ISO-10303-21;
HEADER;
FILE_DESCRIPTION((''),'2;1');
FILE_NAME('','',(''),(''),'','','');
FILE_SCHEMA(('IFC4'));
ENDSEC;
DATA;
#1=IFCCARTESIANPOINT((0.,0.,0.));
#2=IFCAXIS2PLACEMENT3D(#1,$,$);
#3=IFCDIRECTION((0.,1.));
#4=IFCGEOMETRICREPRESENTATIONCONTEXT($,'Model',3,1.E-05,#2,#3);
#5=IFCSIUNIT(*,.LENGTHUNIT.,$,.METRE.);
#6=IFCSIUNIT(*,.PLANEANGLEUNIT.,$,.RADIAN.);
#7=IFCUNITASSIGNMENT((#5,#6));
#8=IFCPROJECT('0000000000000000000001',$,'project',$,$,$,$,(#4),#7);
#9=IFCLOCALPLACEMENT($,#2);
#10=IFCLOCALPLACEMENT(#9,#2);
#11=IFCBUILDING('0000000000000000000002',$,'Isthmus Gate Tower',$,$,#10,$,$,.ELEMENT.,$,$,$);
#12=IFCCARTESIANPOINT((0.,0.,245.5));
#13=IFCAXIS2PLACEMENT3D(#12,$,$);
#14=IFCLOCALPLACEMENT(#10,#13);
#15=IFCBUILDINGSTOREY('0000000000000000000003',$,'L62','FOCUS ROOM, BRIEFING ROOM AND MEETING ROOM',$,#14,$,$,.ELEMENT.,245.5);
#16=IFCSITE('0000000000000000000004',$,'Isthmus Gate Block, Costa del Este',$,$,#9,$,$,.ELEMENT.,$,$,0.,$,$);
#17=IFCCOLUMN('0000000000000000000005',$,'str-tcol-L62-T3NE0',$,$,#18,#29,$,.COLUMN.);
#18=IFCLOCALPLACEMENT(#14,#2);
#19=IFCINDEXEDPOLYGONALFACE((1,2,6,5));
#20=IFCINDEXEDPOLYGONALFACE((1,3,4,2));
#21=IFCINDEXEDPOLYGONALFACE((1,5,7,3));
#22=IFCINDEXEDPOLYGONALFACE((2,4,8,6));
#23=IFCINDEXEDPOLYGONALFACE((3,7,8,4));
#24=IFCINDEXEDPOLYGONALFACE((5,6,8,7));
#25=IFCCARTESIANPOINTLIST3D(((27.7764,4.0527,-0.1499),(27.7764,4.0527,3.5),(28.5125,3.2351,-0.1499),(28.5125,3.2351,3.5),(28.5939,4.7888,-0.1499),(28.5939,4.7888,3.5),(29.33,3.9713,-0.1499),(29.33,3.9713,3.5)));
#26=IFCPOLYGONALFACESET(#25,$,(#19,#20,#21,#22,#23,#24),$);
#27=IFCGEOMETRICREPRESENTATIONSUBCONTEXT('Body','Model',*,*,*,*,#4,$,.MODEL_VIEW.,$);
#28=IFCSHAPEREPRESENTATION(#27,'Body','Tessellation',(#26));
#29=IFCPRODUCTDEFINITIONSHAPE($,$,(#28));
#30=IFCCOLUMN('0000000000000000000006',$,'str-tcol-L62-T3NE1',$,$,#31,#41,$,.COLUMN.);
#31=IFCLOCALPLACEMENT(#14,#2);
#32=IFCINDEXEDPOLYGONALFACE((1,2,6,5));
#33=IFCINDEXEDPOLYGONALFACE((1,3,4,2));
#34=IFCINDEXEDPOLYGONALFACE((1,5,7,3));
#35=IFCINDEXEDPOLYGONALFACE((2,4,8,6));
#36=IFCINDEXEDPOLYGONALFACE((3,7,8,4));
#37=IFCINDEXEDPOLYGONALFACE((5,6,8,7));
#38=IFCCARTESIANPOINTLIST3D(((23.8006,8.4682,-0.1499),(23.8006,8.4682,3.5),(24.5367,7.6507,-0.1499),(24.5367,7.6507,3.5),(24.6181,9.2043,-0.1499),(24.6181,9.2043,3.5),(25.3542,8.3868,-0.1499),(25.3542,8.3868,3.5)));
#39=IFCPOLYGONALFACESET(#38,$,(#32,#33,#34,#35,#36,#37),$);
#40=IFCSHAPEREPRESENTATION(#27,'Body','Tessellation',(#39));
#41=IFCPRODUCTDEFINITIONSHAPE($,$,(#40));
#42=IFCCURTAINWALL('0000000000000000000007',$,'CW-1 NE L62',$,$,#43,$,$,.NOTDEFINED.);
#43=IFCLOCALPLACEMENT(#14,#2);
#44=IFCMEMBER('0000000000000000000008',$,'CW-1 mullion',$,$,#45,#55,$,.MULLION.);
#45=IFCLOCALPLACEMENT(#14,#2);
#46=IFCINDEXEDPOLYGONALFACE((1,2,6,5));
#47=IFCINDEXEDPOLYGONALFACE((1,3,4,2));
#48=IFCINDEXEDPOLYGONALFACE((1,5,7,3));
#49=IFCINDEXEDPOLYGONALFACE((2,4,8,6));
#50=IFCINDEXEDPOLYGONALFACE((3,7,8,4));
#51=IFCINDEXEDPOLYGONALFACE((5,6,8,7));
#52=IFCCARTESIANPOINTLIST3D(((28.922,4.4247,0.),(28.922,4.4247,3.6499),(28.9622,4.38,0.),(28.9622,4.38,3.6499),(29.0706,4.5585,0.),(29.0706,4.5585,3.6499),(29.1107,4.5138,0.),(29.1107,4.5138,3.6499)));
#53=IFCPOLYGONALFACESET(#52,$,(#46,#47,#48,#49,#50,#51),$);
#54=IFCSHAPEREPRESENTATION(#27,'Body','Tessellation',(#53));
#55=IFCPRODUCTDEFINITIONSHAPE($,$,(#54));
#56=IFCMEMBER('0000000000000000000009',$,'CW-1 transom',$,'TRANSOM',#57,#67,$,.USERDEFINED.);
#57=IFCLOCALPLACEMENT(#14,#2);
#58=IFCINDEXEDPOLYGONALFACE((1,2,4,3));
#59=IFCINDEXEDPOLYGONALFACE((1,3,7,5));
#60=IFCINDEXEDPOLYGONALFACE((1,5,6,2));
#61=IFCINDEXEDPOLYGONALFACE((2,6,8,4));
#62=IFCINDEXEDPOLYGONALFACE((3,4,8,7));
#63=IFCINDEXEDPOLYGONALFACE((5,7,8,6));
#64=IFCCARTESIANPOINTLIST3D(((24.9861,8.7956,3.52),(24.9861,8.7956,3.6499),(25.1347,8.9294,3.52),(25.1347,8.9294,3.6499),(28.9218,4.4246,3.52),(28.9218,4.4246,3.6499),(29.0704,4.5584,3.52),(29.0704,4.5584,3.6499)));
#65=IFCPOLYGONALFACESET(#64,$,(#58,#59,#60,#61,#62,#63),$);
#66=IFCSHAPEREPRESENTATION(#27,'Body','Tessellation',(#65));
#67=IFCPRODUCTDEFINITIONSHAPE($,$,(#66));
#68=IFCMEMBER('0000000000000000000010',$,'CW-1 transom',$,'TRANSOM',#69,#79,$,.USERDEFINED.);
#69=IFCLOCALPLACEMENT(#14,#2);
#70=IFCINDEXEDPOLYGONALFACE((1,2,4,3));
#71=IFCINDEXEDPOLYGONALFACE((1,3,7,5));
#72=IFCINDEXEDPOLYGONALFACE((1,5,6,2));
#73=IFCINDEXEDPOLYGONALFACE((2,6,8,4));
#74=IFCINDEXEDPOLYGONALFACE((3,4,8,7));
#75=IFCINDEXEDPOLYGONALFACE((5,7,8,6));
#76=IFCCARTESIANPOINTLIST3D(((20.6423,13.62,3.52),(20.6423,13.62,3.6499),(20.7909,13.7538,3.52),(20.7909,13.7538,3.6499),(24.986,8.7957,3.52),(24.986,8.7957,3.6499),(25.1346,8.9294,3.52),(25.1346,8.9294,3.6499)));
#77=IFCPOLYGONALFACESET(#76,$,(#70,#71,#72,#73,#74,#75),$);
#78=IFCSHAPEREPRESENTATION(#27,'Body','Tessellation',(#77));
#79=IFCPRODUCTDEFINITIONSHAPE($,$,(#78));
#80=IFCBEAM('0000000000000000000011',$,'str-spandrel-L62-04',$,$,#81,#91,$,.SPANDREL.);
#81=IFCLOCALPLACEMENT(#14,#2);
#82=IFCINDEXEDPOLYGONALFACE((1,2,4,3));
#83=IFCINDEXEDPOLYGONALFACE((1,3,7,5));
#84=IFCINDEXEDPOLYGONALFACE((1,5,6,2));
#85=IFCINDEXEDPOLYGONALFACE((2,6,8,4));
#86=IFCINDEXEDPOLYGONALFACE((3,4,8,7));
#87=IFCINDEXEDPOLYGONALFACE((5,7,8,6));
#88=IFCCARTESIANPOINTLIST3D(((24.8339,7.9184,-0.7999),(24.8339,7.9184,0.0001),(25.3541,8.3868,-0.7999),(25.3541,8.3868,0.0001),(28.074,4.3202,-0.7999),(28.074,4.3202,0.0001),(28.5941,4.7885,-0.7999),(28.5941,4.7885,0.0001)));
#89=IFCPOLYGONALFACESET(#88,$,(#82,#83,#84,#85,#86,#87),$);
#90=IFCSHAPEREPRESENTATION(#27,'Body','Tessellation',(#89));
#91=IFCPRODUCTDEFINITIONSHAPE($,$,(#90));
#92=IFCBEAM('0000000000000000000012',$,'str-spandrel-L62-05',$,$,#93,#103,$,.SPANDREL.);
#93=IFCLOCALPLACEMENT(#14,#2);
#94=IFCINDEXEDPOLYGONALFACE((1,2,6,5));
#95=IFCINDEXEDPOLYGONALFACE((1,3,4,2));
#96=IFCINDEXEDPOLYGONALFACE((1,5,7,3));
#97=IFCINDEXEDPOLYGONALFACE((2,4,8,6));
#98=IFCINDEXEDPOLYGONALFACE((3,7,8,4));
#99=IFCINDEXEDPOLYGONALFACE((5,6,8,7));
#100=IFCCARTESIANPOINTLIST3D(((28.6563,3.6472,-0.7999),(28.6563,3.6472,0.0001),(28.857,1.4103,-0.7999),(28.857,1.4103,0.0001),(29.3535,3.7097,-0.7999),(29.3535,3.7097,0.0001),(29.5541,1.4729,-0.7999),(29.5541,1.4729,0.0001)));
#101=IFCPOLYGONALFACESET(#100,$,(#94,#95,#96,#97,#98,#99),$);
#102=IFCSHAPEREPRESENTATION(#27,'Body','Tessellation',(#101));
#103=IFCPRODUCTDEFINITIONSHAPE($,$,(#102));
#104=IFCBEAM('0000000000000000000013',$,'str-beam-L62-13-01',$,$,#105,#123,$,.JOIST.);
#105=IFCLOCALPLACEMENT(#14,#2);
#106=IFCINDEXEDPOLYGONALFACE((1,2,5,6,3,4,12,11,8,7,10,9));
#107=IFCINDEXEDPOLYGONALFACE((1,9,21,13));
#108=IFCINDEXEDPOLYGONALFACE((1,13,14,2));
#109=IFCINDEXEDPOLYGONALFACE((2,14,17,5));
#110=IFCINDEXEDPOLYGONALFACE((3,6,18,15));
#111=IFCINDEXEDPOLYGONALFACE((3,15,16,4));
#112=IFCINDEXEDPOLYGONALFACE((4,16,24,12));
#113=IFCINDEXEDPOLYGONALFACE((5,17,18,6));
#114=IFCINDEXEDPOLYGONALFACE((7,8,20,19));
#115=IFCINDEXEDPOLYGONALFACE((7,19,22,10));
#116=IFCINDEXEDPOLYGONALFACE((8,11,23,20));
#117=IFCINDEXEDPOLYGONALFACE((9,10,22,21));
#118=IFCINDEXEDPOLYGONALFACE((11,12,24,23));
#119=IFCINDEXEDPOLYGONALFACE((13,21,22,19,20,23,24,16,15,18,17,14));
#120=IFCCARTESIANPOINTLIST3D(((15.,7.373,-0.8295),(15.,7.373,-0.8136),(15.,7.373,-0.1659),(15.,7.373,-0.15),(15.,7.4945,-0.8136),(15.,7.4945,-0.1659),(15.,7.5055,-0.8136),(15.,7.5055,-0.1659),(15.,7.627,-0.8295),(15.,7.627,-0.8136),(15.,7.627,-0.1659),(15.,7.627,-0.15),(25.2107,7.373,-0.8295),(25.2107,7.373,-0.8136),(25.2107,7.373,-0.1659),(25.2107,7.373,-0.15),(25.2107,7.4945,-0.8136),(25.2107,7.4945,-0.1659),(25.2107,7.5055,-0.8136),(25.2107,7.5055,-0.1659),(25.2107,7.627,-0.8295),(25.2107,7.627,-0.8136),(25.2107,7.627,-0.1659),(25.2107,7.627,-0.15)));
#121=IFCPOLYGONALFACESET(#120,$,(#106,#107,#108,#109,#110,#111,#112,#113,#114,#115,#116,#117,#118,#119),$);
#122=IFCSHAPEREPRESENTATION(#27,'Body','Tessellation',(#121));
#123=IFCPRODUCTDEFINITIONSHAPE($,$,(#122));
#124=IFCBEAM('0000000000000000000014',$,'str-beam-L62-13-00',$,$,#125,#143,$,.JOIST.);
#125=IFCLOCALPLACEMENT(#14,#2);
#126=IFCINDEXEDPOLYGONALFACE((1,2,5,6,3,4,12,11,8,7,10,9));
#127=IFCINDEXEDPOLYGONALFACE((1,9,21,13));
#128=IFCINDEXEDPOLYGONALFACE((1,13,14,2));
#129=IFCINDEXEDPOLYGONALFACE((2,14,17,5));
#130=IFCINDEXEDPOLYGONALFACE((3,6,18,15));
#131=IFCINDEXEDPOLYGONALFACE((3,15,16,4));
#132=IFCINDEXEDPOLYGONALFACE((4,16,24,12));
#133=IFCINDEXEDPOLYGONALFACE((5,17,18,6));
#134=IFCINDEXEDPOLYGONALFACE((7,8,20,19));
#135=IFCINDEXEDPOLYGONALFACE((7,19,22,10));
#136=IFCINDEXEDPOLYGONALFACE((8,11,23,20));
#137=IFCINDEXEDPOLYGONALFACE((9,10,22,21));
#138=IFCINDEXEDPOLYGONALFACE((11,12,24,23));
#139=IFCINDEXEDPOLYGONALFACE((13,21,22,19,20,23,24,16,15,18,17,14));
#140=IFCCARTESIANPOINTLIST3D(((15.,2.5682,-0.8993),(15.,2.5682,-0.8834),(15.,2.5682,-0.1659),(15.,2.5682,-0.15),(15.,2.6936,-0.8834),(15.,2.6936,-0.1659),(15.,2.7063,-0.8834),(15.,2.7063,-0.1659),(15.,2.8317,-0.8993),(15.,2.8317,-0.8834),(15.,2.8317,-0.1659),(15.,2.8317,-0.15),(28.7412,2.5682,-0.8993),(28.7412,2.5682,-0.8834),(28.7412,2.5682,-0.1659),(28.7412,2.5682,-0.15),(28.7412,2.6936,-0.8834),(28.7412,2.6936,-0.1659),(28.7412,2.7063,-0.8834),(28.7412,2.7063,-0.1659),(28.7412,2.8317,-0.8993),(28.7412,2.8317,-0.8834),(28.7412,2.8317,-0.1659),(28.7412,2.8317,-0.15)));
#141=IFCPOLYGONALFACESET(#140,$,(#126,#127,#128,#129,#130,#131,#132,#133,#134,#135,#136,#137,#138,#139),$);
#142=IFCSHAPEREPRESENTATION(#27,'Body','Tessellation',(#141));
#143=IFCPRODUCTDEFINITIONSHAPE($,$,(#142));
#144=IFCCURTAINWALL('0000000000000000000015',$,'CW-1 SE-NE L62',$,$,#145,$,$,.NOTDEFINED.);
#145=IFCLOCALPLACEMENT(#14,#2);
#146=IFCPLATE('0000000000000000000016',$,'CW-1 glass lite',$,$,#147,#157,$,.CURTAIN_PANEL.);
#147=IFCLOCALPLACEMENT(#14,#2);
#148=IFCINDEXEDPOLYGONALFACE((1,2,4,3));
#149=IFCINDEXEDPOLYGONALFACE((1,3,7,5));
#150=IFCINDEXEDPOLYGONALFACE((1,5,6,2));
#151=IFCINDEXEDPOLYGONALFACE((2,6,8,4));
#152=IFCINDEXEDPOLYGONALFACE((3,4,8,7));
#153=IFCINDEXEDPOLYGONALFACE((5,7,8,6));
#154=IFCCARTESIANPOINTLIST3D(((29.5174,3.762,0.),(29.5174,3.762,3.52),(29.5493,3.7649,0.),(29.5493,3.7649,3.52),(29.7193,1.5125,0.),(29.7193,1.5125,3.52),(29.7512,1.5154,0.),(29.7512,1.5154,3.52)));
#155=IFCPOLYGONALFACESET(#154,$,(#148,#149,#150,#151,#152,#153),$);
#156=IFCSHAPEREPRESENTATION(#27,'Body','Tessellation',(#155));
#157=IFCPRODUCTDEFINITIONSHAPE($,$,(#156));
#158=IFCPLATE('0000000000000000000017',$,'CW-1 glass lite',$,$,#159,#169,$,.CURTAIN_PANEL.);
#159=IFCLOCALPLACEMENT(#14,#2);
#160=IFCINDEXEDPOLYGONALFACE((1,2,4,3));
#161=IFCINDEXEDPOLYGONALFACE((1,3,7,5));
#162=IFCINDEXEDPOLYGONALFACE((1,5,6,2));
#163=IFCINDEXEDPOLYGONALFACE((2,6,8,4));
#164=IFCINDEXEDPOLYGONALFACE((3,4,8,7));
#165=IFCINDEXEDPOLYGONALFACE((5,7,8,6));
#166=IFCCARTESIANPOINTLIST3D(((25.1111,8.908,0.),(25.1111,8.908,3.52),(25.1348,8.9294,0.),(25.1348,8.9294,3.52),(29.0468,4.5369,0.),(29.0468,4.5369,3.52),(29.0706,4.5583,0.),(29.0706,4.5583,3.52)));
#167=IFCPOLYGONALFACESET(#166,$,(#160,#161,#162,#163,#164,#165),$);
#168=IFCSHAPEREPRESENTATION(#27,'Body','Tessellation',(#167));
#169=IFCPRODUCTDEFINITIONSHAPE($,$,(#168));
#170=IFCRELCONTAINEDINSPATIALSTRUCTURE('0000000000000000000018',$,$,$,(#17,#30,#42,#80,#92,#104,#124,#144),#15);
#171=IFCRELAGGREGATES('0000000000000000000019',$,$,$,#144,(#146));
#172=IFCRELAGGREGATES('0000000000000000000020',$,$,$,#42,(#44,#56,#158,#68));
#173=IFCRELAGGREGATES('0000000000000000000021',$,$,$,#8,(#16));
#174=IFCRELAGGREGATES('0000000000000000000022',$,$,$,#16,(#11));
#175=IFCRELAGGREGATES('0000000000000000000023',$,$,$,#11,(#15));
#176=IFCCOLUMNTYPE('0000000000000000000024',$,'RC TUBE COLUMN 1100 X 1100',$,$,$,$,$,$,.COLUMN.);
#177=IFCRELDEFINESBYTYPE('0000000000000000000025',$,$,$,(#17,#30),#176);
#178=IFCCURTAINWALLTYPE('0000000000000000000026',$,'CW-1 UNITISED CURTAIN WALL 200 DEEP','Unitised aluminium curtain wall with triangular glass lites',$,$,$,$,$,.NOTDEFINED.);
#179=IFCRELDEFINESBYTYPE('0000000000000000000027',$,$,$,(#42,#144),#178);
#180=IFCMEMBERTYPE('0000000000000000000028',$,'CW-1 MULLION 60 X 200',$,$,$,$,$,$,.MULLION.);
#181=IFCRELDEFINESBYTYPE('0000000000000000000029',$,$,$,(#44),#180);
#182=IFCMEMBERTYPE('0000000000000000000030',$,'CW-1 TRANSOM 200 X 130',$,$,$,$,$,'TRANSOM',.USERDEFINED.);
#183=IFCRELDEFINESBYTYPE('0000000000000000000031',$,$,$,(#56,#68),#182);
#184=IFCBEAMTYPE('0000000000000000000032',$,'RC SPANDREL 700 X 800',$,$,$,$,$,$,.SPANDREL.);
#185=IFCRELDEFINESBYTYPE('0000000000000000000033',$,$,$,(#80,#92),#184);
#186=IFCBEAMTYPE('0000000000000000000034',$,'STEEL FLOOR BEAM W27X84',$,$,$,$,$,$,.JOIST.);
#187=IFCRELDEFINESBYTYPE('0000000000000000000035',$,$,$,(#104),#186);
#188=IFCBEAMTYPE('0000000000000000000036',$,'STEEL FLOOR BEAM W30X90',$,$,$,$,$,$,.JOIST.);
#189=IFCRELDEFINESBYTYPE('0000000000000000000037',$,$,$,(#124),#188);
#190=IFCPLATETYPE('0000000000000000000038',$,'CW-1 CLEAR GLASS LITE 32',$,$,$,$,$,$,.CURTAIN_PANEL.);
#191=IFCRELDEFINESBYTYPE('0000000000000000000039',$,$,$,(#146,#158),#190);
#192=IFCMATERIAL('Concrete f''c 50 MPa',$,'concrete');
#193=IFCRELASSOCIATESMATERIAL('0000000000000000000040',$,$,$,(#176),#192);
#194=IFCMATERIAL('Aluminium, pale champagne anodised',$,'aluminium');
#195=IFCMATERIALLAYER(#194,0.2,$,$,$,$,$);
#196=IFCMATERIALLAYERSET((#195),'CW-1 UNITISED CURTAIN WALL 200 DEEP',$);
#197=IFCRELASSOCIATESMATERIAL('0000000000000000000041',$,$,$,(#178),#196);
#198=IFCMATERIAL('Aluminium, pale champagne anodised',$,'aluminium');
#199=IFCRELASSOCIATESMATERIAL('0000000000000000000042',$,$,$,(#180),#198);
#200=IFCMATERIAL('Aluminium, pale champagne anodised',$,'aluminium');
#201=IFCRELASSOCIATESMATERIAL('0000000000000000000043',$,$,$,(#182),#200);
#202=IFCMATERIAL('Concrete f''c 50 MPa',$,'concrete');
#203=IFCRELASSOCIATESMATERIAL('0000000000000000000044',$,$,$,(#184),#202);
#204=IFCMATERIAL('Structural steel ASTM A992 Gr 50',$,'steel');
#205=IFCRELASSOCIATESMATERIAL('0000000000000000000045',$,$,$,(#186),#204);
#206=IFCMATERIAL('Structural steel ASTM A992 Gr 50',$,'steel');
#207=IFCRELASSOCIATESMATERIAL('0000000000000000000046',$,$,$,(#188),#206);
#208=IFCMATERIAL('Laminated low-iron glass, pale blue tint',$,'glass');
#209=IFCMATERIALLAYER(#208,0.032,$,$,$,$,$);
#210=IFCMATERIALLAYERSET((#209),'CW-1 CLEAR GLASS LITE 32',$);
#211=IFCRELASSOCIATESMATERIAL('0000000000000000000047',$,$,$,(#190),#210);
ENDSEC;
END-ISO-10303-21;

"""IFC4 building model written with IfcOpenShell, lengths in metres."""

from ifc_helpers import new_model, si_unit, direction, frame, origin, origin_2d, place, context, subcontext, project, spatial, rectangle, i_section, extrude, material, layer, layer_set, material_profile, profile_set, type_object, element, aggregate, save


model = new_model("IFC4")

# Units and contexts
model_context = context("Model", 3, precision=1e-05, world=origin(), true_north=direction((0.0, 1.0)))
body_context = subcontext(model_context, "Body", "Model", "MODEL_VIEW")
ifc_project = project(units=[si_unit("LENGTHUNIT", "METRE"), si_unit("PLANEANGLEUNIT", "RADIAN")], contexts=[model_context])

# Site, building, storey
site_placement = place(None, origin())
site = spatial("IfcSite", under=ifc_project, at=site_placement, Name="Isthmus Gate Block, Costa del Este", CompositionType="ELEMENT", RefElevation=0.0)
building_placement = place(site_placement, origin())
building = spatial("IfcBuilding", under=site, at=building_placement, Name="Isthmus Gate Tower", CompositionType="ELEMENT")
storey_placement = place(building_placement, frame((0.0, 0.0, 245.5)))
storey = spatial("IfcBuildingStorey", under=building, at=storey_placement, Name="L62", Description="FOCUS ROOM, BRIEFING ROOM AND MEETING ROOM", CompositionType="ELEMENT", Elevation=245.5)

# Columns
ifc_material_1 = material(Name="Concrete f'c 50 MPa", Category="concrete")
ifc_material_profile_1 = material_profile(ifc_material_1, rectangle(XDim=1.1001, YDim=1.1001, at=origin_2d()), Name="RC 1100X1100")
ifc_profile_set_1 = profile_set([ifc_material_profile_1], Name="Concrete f'c 50 MPa")
column_type = type_object("IfcColumnType", Name="RC TUBE COLUMN 1100 X 1100", PredefinedType="COLUMN", material=ifc_profile_set_1)
for number, where, z_axis, x_axis, name in (
    (1, (28.5532, 4.012, -0.1499), (0.0, 0.0, 1.0), (-0.669131, 0.743145, 0.0), "str-tcol-L62-T3NE0"),
    (2, (24.5774, 8.4275, -0.1499), (0.0, 0.0, 1.0), (-0.669131, 0.743145, 0.0), "str-tcol-L62-T3NE1"),
):
    element("IfcColumn", number, at=place(storey_placement, frame(where, z_axis=z_axis, x_axis=x_axis)), inside=storey, type_object=column_type, Name=name, PredefinedType="COLUMN", context=body_context, shape_type="SweptSolid", body=[
        extrude(rectangle(XDim=1.1001, YDim=1.1001, at=origin_2d()), origin(), (0.0, 0.0, 1.0), 3.6499),
    ])

# Curtain wall, members
ifc_material_2 = material(Name="Aluminium, pale champagne anodised", Category="aluminium")
ifc_layer_1 = layer(ifc_material_2, 0.2)
ifc_layer_set_1 = layer_set([ifc_layer_1], Name="CW-1 UNITISED CURTAIN WALL 200 DEEP")
curtain_wall_type = type_object("IfcCurtainWallType", Name="CW-1 UNITISED CURTAIN WALL 200 DEEP", Description="Unitised aluminium curtain wall with triangular glass lites", PredefinedType="NOTDEFINED", material=ifc_layer_set_1)
curtain_wall_1_placement = place(storey_placement, origin())
curtain_wall_1 = element("IfcCurtainWall", 3, at=curtain_wall_1_placement, inside=storey, type_object=curtain_wall_type, Name="CW-1 NE L62", PredefinedType="NOTDEFINED")
ifc_material_3 = material(Name="Aluminium, pale champagne anodised", Category="aluminium")
ifc_material_profile_2 = material_profile(ifc_material_3, rectangle(XDim=0.0601, YDim=0.2, at=origin_2d()), Name="60x200")
ifc_profile_set_2 = profile_set([ifc_material_profile_2], Name="Aluminium, pale champagne anodised")
member_type_1 = type_object("IfcMemberType", Name="CW-1 MULLION 60 X 200", PredefinedType="MULLION", material=ifc_profile_set_2)
member_1_placement = place(storey_placement, frame((29.0164, 4.4692, 0.0), z_axis=(0.0, 0.0, 1.0), x_axis=(-0.669131, 0.743145, 0.0)))
member_1 = element("IfcMember", 4, at=member_1_placement, type_object=member_type_1, Name="CW-1 mullion", PredefinedType="MULLION", context=body_context, shape_type="SweptSolid", body=[
    extrude(rectangle(XDim=0.0601, YDim=0.2, at=origin_2d()), origin(), (0.0, 0.0, 1.0), 3.6499),
])
ifc_material_4 = material(Name="Aluminium, pale champagne anodised", Category="aluminium")
ifc_material_profile_3 = material_profile(ifc_material_4, rectangle(XDim=0.2, YDim=0.1299, at=origin_2d()), Name="200x130")
ifc_profile_set_3 = profile_set([ifc_material_profile_3], Name="Aluminium, pale champagne anodised")
member_type_2 = type_object("IfcMemberType", Name="CW-1 TRANSOM 200 X 130", ElementType="TRANSOM", PredefinedType="USERDEFINED", material=ifc_profile_set_3)
member_2_placement = place(storey_placement, frame((28.9961, 4.4915, 3.585), z_axis=(-0.669134, 0.743141, 0.0), x_axis=(-0.743141, -0.669134, 0.0)))
member_2 = element("IfcMember", 5, at=member_2_placement, type_object=member_type_2, Name="CW-1 transom", ObjectType="TRANSOM", PredefinedType="USERDEFINED", context=body_context, shape_type="SweptSolid", body=[
    extrude(rectangle(XDim=0.2, YDim=0.1299, at=origin_2d()), origin(), (0.0, 0.0, 1.0), 5.8818),
])
member_3_placement = place(storey_placement, frame((25.0603, 8.8625, 3.585), z_axis=(-0.669112, 0.743161, 0.0), x_axis=(-0.743161, -0.669112, 0.0)))
member_3 = element("IfcMember", 6, at=member_3_placement, type_object=member_type_2, Name="CW-1 transom", ObjectType="TRANSOM", PredefinedType="USERDEFINED", context=body_context, shape_type="SweptSolid", body=[
    extrude(rectangle(XDim=0.2, YDim=0.1299, at=origin_2d()), origin(), (0.0, 0.0, 1.0), 6.4917),
])

# Beams
ifc_material_5 = material(Name="Concrete f'c 50 MPa", Category="concrete")
ifc_material_profile_4 = material_profile(ifc_material_5, rectangle(XDim=0.7, YDim=0.8, at=origin_2d()), Name="RC 700X800")
ifc_profile_set_4 = profile_set([ifc_material_profile_4], Name="Concrete f'c 50 MPa")
beam_type_1 = type_object("IfcBeamType", Name="RC SPANDREL 700 X 800", PredefinedType="SPANDREL", material=ifc_profile_set_4)
beam_1_placement = place(storey_placement, frame((25.094, 8.1526, -0.3999), z_axis=(0.669154, -0.743124, 0.0), x_axis=(0.743124, 0.669154, 0.0)))
element("IfcBeam", 7, at=beam_1_placement, inside=storey, type_object=beam_type_1, Name="str-spandrel-L62-04", PredefinedType="SPANDREL", context=body_context, shape_type="SweptSolid", body=[
    extrude(rectangle(XDim=0.7, YDim=0.8, at=origin_2d()), origin(), (0.0, 0.0, 1.0), 4.842),
])
beam_2_placement = place(storey_placement, frame((29.0049, 3.6785, -0.3999), z_axis=(0.089359, -0.995999, 0.0), x_axis=(0.995999, 0.089359, 0.0)))
element("IfcBeam", 8, at=beam_2_placement, inside=storey, type_object=beam_type_1, Name="str-spandrel-L62-05", PredefinedType="SPANDREL", context=body_context, shape_type="SweptSolid", body=[
    extrude(rectangle(XDim=0.7, YDim=0.8, at=origin_2d()), origin(), (0.0, 0.0, 1.0), 2.2458),
])
ifc_material_6 = material(Name="Structural steel ASTM A992 Gr 50", Category="steel")
ifc_material_profile_5 = material_profile(ifc_material_6, i_section(OverallWidth=0.2539, OverallDepth=0.6794, WebThickness=0.011, FlangeThickness=0.0159, at=origin_2d()), Name="W27X84")
ifc_profile_set_5 = profile_set([ifc_material_profile_5], Name="Structural steel ASTM A992 Gr 50")
beam_type_2 = type_object("IfcBeamType", Name="STEEL FLOOR BEAM W27X84", PredefinedType="JOIST", material=ifc_profile_set_5)
beam_3_placement = place(storey_placement, frame((15.0, 7.5, -0.4897), z_axis=(1.0, 0.0, 0.0), x_axis=(0.0, 1.0, 0.0)))
element("IfcBeam", 9, at=beam_3_placement, inside=storey, type_object=beam_type_2, Name="str-beam-L62-13-01", PredefinedType="JOIST", context=body_context, shape_type="SweptSolid", body=[
    extrude(i_section(OverallWidth=0.2539, OverallDepth=0.6794, WebThickness=0.011, FlangeThickness=0.0159, at=origin_2d()), origin(), (0.0, 0.0, 1.0), 10.2107),
])
ifc_material_7 = material(Name="Structural steel ASTM A992 Gr 50", Category="steel")
ifc_material_profile_6 = material_profile(ifc_material_7, i_section(OverallWidth=0.2634, OverallDepth=0.7493, WebThickness=0.0127, FlangeThickness=0.0159, at=origin_2d()), Name="W30X90")
ifc_profile_set_6 = profile_set([ifc_material_profile_6], Name="Structural steel ASTM A992 Gr 50")
beam_type_3 = type_object("IfcBeamType", Name="STEEL FLOOR BEAM W30X90", PredefinedType="JOIST", material=ifc_profile_set_6)
beam_4_placement = place(storey_placement, frame((15.0, 2.7, -0.5247), z_axis=(1.0, 0.0, 0.0), x_axis=(0.0, 1.0, 0.0)))
element("IfcBeam", 10, at=beam_4_placement, inside=storey, type_object=beam_type_3, Name="str-beam-L62-13-00", PredefinedType="JOIST", context=body_context, shape_type="SweptSolid", body=[
    extrude(i_section(OverallWidth=0.2634, OverallDepth=0.7493, WebThickness=0.0127, FlangeThickness=0.0159, at=origin_2d()), origin(), (0.0, 0.0, 1.0), 13.7412),
])

# Curtain wall, plate
curtain_wall_2_placement = place(storey_placement, origin())
curtain_wall_2 = element("IfcCurtainWall", 11, at=curtain_wall_2_placement, inside=storey, type_object=curtain_wall_type, Name="CW-1 SE-NE L62", PredefinedType="NOTDEFINED")
ifc_material_8 = material(Name="Laminated low-iron glass, pale blue tint", Category="glass")
ifc_layer_2 = layer(ifc_material_8, 0.032)
ifc_layer_set_2 = layer_set([ifc_layer_2], Name="CW-1 CLEAR GLASS LITE 32")
plate_type = type_object("IfcPlateType", Name="CW-1 CLEAR GLASS LITE 32", PredefinedType="CURTAIN_PANEL", material=ifc_layer_set_2)
plate_1_placement = place(storey_placement, frame((29.6343, 2.6387, 0.0), z_axis=(0.0, 0.0, 1.0), x_axis=(-0.089397, 0.995996, 0.0)))
plate_1 = element("IfcPlate", 12, at=plate_1_placement, type_object=plate_type, Name="CW-1 glass lite", PredefinedType="CURTAIN_PANEL", context=body_context, shape_type="SweptSolid", body=[
    extrude(rectangle(XDim=2.2585, YDim=0.032, at=origin_2d()), origin(), (0.0, 0.0, 1.0), 3.52),
])
aggregate(curtain_wall_2, [plate_1])

# Plate
plate_2_placement = place(storey_placement, frame((27.0908, 6.7332, 0.0), z_axis=(0.0, 0.0, 1.0), x_axis=(-0.669131, 0.743145, 0.0)))
plate_2 = element("IfcPlate", 13, at=plate_2_placement, type_object=plate_type, Name="CW-1 glass lite", PredefinedType="CURTAIN_PANEL", context=body_context, shape_type="SweptSolid", body=[
    extrude(rectangle(XDim=5.8818, YDim=0.032, at=origin_2d()), origin(), (0.0, 0.0, 1.0), 3.52),
])
aggregate(curtain_wall_1, [member_1, member_2, plate_2, member_3])

save(model, "model.ifc")
